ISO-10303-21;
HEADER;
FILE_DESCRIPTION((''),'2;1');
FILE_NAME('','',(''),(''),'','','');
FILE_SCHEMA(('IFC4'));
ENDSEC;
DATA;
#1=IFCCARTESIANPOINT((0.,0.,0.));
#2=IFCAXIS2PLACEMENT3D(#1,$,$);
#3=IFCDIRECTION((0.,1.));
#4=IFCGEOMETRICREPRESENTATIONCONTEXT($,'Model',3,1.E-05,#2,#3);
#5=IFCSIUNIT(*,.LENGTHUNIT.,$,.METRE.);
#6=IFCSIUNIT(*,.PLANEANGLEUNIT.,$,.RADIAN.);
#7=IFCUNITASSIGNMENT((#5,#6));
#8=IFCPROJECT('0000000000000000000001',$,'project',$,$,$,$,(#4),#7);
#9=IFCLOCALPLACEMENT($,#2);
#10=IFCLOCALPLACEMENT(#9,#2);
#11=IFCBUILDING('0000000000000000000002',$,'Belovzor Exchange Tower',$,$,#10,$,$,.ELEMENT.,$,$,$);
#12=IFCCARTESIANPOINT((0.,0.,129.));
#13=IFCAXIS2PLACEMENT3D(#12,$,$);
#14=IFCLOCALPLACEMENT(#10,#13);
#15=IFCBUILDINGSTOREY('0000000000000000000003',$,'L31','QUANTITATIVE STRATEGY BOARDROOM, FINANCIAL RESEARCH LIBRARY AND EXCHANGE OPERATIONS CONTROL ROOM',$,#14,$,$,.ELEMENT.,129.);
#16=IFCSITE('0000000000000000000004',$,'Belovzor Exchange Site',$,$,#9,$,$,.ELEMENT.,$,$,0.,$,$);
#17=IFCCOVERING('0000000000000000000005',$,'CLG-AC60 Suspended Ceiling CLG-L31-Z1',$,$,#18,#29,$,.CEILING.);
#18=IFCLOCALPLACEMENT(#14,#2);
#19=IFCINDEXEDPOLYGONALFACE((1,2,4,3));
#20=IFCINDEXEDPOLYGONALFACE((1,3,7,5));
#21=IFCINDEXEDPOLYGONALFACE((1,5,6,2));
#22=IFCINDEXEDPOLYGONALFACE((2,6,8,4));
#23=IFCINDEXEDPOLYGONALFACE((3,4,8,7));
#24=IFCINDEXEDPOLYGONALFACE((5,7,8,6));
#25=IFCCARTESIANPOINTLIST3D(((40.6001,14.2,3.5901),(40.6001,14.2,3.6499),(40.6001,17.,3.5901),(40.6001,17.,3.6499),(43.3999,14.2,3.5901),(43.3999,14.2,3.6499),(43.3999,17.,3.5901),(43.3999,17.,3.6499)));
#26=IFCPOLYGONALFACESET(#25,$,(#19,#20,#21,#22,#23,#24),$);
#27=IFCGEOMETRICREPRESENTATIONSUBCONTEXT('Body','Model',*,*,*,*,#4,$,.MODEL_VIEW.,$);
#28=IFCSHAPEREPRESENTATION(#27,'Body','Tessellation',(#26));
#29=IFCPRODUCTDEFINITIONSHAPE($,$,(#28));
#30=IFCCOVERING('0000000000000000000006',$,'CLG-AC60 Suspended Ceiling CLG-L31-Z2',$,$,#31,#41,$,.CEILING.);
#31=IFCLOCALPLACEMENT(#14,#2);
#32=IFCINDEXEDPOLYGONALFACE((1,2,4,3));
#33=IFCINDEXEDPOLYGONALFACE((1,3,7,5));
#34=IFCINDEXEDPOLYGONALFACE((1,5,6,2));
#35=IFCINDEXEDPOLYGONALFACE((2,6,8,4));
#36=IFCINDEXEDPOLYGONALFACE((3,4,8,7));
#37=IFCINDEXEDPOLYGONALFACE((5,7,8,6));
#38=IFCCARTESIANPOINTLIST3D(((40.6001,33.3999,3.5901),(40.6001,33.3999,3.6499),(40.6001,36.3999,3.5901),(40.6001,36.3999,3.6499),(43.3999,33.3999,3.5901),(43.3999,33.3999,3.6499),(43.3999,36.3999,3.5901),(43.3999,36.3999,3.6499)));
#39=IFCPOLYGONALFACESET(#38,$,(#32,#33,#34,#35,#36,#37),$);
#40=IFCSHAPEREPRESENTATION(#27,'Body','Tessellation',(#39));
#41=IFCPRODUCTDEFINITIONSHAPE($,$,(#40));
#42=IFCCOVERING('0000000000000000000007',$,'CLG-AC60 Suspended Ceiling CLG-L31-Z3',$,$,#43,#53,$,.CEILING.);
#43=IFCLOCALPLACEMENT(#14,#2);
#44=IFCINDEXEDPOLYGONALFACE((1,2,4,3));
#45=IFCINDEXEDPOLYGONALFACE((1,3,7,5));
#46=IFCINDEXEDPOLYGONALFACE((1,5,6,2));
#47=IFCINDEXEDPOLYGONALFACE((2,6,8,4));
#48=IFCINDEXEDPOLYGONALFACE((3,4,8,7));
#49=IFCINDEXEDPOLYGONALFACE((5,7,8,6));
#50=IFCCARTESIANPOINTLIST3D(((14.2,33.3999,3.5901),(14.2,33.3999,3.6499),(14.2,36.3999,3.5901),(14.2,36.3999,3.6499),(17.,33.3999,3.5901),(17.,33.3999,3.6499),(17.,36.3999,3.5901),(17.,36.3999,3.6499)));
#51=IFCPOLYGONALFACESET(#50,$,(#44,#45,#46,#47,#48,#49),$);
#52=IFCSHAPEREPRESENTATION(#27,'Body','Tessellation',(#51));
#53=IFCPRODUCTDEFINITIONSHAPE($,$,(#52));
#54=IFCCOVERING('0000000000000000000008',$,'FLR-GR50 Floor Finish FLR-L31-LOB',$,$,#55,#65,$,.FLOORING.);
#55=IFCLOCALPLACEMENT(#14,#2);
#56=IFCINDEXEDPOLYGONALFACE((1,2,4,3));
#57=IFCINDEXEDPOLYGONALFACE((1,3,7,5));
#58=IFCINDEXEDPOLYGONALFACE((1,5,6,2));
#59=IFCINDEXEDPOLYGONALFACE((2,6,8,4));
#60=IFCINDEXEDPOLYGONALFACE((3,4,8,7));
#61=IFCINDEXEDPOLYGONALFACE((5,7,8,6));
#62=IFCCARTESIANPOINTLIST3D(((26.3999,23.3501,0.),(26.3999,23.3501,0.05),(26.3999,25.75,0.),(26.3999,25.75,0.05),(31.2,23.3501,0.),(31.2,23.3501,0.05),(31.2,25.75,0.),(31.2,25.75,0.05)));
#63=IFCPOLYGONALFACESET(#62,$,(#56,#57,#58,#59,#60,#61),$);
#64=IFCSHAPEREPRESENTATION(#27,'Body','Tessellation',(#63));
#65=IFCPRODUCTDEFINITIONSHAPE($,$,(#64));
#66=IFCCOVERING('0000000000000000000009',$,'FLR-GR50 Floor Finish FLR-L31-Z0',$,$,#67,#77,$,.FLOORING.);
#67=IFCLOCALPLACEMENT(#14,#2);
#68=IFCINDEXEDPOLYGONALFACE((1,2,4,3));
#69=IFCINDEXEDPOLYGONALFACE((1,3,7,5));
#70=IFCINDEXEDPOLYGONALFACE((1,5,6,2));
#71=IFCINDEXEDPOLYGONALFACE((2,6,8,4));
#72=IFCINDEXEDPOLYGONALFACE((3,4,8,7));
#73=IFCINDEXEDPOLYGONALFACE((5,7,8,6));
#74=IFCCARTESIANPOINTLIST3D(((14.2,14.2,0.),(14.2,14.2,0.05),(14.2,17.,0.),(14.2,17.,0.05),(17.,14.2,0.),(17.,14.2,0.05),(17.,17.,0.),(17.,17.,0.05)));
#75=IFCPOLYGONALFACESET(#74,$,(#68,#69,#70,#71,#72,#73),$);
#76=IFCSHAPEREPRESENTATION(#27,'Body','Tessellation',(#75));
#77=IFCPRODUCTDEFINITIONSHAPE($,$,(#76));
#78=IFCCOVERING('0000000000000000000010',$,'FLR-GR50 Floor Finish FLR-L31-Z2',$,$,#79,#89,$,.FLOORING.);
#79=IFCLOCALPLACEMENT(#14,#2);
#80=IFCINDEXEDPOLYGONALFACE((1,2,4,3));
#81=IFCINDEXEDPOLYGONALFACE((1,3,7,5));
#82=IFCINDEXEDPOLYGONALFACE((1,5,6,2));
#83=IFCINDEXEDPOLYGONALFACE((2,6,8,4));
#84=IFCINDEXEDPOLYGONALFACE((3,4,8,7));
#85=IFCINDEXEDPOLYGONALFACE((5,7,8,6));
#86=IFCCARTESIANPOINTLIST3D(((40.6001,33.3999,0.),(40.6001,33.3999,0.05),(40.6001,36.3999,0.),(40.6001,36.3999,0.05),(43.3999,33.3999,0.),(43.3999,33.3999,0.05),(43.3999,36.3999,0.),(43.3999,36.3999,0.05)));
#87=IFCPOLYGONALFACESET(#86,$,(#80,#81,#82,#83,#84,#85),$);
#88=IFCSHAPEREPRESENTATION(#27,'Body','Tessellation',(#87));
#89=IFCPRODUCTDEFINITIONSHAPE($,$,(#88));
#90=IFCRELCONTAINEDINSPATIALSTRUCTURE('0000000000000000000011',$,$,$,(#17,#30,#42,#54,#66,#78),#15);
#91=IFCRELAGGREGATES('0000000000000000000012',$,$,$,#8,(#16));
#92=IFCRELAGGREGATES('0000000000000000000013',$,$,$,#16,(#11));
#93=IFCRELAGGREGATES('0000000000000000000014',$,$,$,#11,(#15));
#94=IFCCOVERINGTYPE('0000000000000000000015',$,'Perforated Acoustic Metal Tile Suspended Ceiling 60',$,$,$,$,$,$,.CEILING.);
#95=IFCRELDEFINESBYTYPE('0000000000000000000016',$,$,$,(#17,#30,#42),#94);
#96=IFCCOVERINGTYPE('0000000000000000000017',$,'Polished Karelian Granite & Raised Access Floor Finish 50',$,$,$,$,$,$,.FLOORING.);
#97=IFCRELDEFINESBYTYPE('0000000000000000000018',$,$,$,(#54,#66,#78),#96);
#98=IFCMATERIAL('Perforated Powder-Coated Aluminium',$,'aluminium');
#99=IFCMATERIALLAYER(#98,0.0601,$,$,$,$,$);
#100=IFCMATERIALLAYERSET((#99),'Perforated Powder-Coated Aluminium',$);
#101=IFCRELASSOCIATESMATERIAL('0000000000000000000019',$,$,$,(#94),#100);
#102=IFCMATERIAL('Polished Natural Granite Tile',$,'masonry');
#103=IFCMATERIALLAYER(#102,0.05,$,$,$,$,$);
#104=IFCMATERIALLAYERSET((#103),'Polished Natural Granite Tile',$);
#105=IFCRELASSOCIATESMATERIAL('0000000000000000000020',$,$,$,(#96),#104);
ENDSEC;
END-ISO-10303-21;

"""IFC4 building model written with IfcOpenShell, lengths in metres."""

from ifc_helpers import new_model, si_unit, direction, frame, origin, place, context, subcontext, project, spatial, polyline, outline, extrude, material, layer, layer_set, type_object, element, save


model = new_model("IFC4")

# Units and contexts
model_context = context("Model", 3, precision=1e-05, world=origin(), true_north=direction((0.0, 1.0)))
body_context = subcontext(model_context, "Body", "Model", "MODEL_VIEW")
ifc_project = project(units=[si_unit("LENGTHUNIT", "METRE"), si_unit("PLANEANGLEUNIT", "RADIAN")], contexts=[model_context])

# Site, building, storey
site_placement = place(None, origin())
site = spatial("IfcSite", under=ifc_project, at=site_placement, Name="Belovzor Exchange Site", CompositionType="ELEMENT", RefElevation=0.0)
building_placement = place(site_placement, origin())
building = spatial("IfcBuilding", under=site, at=building_placement, Name="Belovzor Exchange Tower", CompositionType="ELEMENT")
storey_placement = place(building_placement, frame((0.0, 0.0, 129.0)))
storey = spatial("IfcBuildingStorey", under=building, at=storey_placement, Name="L31", Description="QUANTITATIVE STRATEGY BOARDROOM, FINANCIAL RESEARCH LIBRARY AND EXCHANGE OPERATIONS CONTROL ROOM", CompositionType="ELEMENT", Elevation=129.0)

# Coverings
ifc_material_1 = material(Name="Perforated Powder-Coated Aluminium", Category="aluminium")
ifc_layer_1 = layer(ifc_material_1, 0.0601)
ifc_layer_set_1 = layer_set([ifc_layer_1], Name="Perforated Powder-Coated Aluminium")
covering_type_1 = type_object("IfcCoveringType", Name="Perforated Acoustic Metal Tile Suspended Ceiling 60", PredefinedType="CEILING", material=ifc_layer_set_1)
covering_1_placement = place(storey_placement, frame((0.0, 0.0, 3.5901)))
element("IfcCovering", 1, at=covering_1_placement, inside=storey, type_object=covering_type_1, Name="CLG-AC60 Suspended Ceiling CLG-L31-Z1", PredefinedType="CEILING", context=body_context, shape_type="SweptSolid", body=[
    extrude(outline(polyline([(40.6001, 14.2), (43.3999, 14.2), (43.3999, 17.0), (40.6001, 17.0), (40.6001, 14.2)])), origin(), (0.0, 0.0, 1.0), 0.0598),
])
covering_2_placement = place(storey_placement, frame((0.0, 0.0, 3.5901)))
element("IfcCovering", 2, at=covering_2_placement, inside=storey, type_object=covering_type_1, Name="CLG-AC60 Suspended Ceiling CLG-L31-Z2", PredefinedType="CEILING", context=body_context, shape_type="SweptSolid", body=[
    extrude(outline(polyline([(40.6001, 33.3999), (43.3999, 33.3999), (43.3999, 36.3999), (40.6001, 36.3999), (40.6001, 33.3999)])), origin(), (0.0, 0.0, 1.0), 0.0598),
])
covering_3_placement = place(storey_placement, frame((0.0, 0.0, 3.5901)))
element("IfcCovering", 3, at=covering_3_placement, inside=storey, type_object=covering_type_1, Name="CLG-AC60 Suspended Ceiling CLG-L31-Z3", PredefinedType="CEILING", context=body_context, shape_type="SweptSolid", body=[
    extrude(outline(polyline([(14.2, 33.3999), (17.0, 33.3999), (17.0, 36.3999), (14.2, 36.3999), (14.2, 33.3999)])), origin(), (0.0, 0.0, 1.0), 0.0598),
])
ifc_material_2 = material(Name="Polished Natural Granite Tile", Category="masonry")
ifc_layer_2 = layer(ifc_material_2, 0.05)
ifc_layer_set_2 = layer_set([ifc_layer_2], Name="Polished Natural Granite Tile")
covering_type_2 = type_object("IfcCoveringType", Name="Polished Karelian Granite & Raised Access Floor Finish 50", PredefinedType="FLOORING", material=ifc_layer_set_2)
covering_4_placement = place(storey_placement, origin())
element("IfcCovering", 4, at=covering_4_placement, inside=storey, type_object=covering_type_2, Name="FLR-GR50 Floor Finish FLR-L31-LOB", PredefinedType="FLOORING", context=body_context, shape_type="SweptSolid", body=[
    extrude(outline(polyline([(26.3999, 23.3501), (31.2, 23.3501), (31.2, 25.75), (26.3999, 25.75), (26.3999, 23.3501)])), origin(), (0.0, 0.0, 1.0), 0.05),
])
covering_5_placement = place(storey_placement, origin())
element("IfcCovering", 5, at=covering_5_placement, inside=storey, type_object=covering_type_2, Name="FLR-GR50 Floor Finish FLR-L31-Z0", PredefinedType="FLOORING", context=body_context, shape_type="SweptSolid", body=[
    extrude(outline(polyline([(14.2, 14.2), (17.0, 14.2), (17.0, 17.0), (14.2, 17.0), (14.2, 14.2)])), origin(), (0.0, 0.0, 1.0), 0.05),
])
covering_6_placement = place(storey_placement, origin())
element("IfcCovering", 6, at=covering_6_placement, inside=storey, type_object=covering_type_2, Name="FLR-GR50 Floor Finish FLR-L31-Z2", PredefinedType="FLOORING", context=body_context, shape_type="SweptSolid", body=[
    extrude(outline(polyline([(40.6001, 33.3999), (43.3999, 33.3999), (43.3999, 36.3999), (40.6001, 36.3999), (40.6001, 33.3999)])), origin(), (0.0, 0.0, 1.0), 0.05),
])

save(model, "model.ifc")
